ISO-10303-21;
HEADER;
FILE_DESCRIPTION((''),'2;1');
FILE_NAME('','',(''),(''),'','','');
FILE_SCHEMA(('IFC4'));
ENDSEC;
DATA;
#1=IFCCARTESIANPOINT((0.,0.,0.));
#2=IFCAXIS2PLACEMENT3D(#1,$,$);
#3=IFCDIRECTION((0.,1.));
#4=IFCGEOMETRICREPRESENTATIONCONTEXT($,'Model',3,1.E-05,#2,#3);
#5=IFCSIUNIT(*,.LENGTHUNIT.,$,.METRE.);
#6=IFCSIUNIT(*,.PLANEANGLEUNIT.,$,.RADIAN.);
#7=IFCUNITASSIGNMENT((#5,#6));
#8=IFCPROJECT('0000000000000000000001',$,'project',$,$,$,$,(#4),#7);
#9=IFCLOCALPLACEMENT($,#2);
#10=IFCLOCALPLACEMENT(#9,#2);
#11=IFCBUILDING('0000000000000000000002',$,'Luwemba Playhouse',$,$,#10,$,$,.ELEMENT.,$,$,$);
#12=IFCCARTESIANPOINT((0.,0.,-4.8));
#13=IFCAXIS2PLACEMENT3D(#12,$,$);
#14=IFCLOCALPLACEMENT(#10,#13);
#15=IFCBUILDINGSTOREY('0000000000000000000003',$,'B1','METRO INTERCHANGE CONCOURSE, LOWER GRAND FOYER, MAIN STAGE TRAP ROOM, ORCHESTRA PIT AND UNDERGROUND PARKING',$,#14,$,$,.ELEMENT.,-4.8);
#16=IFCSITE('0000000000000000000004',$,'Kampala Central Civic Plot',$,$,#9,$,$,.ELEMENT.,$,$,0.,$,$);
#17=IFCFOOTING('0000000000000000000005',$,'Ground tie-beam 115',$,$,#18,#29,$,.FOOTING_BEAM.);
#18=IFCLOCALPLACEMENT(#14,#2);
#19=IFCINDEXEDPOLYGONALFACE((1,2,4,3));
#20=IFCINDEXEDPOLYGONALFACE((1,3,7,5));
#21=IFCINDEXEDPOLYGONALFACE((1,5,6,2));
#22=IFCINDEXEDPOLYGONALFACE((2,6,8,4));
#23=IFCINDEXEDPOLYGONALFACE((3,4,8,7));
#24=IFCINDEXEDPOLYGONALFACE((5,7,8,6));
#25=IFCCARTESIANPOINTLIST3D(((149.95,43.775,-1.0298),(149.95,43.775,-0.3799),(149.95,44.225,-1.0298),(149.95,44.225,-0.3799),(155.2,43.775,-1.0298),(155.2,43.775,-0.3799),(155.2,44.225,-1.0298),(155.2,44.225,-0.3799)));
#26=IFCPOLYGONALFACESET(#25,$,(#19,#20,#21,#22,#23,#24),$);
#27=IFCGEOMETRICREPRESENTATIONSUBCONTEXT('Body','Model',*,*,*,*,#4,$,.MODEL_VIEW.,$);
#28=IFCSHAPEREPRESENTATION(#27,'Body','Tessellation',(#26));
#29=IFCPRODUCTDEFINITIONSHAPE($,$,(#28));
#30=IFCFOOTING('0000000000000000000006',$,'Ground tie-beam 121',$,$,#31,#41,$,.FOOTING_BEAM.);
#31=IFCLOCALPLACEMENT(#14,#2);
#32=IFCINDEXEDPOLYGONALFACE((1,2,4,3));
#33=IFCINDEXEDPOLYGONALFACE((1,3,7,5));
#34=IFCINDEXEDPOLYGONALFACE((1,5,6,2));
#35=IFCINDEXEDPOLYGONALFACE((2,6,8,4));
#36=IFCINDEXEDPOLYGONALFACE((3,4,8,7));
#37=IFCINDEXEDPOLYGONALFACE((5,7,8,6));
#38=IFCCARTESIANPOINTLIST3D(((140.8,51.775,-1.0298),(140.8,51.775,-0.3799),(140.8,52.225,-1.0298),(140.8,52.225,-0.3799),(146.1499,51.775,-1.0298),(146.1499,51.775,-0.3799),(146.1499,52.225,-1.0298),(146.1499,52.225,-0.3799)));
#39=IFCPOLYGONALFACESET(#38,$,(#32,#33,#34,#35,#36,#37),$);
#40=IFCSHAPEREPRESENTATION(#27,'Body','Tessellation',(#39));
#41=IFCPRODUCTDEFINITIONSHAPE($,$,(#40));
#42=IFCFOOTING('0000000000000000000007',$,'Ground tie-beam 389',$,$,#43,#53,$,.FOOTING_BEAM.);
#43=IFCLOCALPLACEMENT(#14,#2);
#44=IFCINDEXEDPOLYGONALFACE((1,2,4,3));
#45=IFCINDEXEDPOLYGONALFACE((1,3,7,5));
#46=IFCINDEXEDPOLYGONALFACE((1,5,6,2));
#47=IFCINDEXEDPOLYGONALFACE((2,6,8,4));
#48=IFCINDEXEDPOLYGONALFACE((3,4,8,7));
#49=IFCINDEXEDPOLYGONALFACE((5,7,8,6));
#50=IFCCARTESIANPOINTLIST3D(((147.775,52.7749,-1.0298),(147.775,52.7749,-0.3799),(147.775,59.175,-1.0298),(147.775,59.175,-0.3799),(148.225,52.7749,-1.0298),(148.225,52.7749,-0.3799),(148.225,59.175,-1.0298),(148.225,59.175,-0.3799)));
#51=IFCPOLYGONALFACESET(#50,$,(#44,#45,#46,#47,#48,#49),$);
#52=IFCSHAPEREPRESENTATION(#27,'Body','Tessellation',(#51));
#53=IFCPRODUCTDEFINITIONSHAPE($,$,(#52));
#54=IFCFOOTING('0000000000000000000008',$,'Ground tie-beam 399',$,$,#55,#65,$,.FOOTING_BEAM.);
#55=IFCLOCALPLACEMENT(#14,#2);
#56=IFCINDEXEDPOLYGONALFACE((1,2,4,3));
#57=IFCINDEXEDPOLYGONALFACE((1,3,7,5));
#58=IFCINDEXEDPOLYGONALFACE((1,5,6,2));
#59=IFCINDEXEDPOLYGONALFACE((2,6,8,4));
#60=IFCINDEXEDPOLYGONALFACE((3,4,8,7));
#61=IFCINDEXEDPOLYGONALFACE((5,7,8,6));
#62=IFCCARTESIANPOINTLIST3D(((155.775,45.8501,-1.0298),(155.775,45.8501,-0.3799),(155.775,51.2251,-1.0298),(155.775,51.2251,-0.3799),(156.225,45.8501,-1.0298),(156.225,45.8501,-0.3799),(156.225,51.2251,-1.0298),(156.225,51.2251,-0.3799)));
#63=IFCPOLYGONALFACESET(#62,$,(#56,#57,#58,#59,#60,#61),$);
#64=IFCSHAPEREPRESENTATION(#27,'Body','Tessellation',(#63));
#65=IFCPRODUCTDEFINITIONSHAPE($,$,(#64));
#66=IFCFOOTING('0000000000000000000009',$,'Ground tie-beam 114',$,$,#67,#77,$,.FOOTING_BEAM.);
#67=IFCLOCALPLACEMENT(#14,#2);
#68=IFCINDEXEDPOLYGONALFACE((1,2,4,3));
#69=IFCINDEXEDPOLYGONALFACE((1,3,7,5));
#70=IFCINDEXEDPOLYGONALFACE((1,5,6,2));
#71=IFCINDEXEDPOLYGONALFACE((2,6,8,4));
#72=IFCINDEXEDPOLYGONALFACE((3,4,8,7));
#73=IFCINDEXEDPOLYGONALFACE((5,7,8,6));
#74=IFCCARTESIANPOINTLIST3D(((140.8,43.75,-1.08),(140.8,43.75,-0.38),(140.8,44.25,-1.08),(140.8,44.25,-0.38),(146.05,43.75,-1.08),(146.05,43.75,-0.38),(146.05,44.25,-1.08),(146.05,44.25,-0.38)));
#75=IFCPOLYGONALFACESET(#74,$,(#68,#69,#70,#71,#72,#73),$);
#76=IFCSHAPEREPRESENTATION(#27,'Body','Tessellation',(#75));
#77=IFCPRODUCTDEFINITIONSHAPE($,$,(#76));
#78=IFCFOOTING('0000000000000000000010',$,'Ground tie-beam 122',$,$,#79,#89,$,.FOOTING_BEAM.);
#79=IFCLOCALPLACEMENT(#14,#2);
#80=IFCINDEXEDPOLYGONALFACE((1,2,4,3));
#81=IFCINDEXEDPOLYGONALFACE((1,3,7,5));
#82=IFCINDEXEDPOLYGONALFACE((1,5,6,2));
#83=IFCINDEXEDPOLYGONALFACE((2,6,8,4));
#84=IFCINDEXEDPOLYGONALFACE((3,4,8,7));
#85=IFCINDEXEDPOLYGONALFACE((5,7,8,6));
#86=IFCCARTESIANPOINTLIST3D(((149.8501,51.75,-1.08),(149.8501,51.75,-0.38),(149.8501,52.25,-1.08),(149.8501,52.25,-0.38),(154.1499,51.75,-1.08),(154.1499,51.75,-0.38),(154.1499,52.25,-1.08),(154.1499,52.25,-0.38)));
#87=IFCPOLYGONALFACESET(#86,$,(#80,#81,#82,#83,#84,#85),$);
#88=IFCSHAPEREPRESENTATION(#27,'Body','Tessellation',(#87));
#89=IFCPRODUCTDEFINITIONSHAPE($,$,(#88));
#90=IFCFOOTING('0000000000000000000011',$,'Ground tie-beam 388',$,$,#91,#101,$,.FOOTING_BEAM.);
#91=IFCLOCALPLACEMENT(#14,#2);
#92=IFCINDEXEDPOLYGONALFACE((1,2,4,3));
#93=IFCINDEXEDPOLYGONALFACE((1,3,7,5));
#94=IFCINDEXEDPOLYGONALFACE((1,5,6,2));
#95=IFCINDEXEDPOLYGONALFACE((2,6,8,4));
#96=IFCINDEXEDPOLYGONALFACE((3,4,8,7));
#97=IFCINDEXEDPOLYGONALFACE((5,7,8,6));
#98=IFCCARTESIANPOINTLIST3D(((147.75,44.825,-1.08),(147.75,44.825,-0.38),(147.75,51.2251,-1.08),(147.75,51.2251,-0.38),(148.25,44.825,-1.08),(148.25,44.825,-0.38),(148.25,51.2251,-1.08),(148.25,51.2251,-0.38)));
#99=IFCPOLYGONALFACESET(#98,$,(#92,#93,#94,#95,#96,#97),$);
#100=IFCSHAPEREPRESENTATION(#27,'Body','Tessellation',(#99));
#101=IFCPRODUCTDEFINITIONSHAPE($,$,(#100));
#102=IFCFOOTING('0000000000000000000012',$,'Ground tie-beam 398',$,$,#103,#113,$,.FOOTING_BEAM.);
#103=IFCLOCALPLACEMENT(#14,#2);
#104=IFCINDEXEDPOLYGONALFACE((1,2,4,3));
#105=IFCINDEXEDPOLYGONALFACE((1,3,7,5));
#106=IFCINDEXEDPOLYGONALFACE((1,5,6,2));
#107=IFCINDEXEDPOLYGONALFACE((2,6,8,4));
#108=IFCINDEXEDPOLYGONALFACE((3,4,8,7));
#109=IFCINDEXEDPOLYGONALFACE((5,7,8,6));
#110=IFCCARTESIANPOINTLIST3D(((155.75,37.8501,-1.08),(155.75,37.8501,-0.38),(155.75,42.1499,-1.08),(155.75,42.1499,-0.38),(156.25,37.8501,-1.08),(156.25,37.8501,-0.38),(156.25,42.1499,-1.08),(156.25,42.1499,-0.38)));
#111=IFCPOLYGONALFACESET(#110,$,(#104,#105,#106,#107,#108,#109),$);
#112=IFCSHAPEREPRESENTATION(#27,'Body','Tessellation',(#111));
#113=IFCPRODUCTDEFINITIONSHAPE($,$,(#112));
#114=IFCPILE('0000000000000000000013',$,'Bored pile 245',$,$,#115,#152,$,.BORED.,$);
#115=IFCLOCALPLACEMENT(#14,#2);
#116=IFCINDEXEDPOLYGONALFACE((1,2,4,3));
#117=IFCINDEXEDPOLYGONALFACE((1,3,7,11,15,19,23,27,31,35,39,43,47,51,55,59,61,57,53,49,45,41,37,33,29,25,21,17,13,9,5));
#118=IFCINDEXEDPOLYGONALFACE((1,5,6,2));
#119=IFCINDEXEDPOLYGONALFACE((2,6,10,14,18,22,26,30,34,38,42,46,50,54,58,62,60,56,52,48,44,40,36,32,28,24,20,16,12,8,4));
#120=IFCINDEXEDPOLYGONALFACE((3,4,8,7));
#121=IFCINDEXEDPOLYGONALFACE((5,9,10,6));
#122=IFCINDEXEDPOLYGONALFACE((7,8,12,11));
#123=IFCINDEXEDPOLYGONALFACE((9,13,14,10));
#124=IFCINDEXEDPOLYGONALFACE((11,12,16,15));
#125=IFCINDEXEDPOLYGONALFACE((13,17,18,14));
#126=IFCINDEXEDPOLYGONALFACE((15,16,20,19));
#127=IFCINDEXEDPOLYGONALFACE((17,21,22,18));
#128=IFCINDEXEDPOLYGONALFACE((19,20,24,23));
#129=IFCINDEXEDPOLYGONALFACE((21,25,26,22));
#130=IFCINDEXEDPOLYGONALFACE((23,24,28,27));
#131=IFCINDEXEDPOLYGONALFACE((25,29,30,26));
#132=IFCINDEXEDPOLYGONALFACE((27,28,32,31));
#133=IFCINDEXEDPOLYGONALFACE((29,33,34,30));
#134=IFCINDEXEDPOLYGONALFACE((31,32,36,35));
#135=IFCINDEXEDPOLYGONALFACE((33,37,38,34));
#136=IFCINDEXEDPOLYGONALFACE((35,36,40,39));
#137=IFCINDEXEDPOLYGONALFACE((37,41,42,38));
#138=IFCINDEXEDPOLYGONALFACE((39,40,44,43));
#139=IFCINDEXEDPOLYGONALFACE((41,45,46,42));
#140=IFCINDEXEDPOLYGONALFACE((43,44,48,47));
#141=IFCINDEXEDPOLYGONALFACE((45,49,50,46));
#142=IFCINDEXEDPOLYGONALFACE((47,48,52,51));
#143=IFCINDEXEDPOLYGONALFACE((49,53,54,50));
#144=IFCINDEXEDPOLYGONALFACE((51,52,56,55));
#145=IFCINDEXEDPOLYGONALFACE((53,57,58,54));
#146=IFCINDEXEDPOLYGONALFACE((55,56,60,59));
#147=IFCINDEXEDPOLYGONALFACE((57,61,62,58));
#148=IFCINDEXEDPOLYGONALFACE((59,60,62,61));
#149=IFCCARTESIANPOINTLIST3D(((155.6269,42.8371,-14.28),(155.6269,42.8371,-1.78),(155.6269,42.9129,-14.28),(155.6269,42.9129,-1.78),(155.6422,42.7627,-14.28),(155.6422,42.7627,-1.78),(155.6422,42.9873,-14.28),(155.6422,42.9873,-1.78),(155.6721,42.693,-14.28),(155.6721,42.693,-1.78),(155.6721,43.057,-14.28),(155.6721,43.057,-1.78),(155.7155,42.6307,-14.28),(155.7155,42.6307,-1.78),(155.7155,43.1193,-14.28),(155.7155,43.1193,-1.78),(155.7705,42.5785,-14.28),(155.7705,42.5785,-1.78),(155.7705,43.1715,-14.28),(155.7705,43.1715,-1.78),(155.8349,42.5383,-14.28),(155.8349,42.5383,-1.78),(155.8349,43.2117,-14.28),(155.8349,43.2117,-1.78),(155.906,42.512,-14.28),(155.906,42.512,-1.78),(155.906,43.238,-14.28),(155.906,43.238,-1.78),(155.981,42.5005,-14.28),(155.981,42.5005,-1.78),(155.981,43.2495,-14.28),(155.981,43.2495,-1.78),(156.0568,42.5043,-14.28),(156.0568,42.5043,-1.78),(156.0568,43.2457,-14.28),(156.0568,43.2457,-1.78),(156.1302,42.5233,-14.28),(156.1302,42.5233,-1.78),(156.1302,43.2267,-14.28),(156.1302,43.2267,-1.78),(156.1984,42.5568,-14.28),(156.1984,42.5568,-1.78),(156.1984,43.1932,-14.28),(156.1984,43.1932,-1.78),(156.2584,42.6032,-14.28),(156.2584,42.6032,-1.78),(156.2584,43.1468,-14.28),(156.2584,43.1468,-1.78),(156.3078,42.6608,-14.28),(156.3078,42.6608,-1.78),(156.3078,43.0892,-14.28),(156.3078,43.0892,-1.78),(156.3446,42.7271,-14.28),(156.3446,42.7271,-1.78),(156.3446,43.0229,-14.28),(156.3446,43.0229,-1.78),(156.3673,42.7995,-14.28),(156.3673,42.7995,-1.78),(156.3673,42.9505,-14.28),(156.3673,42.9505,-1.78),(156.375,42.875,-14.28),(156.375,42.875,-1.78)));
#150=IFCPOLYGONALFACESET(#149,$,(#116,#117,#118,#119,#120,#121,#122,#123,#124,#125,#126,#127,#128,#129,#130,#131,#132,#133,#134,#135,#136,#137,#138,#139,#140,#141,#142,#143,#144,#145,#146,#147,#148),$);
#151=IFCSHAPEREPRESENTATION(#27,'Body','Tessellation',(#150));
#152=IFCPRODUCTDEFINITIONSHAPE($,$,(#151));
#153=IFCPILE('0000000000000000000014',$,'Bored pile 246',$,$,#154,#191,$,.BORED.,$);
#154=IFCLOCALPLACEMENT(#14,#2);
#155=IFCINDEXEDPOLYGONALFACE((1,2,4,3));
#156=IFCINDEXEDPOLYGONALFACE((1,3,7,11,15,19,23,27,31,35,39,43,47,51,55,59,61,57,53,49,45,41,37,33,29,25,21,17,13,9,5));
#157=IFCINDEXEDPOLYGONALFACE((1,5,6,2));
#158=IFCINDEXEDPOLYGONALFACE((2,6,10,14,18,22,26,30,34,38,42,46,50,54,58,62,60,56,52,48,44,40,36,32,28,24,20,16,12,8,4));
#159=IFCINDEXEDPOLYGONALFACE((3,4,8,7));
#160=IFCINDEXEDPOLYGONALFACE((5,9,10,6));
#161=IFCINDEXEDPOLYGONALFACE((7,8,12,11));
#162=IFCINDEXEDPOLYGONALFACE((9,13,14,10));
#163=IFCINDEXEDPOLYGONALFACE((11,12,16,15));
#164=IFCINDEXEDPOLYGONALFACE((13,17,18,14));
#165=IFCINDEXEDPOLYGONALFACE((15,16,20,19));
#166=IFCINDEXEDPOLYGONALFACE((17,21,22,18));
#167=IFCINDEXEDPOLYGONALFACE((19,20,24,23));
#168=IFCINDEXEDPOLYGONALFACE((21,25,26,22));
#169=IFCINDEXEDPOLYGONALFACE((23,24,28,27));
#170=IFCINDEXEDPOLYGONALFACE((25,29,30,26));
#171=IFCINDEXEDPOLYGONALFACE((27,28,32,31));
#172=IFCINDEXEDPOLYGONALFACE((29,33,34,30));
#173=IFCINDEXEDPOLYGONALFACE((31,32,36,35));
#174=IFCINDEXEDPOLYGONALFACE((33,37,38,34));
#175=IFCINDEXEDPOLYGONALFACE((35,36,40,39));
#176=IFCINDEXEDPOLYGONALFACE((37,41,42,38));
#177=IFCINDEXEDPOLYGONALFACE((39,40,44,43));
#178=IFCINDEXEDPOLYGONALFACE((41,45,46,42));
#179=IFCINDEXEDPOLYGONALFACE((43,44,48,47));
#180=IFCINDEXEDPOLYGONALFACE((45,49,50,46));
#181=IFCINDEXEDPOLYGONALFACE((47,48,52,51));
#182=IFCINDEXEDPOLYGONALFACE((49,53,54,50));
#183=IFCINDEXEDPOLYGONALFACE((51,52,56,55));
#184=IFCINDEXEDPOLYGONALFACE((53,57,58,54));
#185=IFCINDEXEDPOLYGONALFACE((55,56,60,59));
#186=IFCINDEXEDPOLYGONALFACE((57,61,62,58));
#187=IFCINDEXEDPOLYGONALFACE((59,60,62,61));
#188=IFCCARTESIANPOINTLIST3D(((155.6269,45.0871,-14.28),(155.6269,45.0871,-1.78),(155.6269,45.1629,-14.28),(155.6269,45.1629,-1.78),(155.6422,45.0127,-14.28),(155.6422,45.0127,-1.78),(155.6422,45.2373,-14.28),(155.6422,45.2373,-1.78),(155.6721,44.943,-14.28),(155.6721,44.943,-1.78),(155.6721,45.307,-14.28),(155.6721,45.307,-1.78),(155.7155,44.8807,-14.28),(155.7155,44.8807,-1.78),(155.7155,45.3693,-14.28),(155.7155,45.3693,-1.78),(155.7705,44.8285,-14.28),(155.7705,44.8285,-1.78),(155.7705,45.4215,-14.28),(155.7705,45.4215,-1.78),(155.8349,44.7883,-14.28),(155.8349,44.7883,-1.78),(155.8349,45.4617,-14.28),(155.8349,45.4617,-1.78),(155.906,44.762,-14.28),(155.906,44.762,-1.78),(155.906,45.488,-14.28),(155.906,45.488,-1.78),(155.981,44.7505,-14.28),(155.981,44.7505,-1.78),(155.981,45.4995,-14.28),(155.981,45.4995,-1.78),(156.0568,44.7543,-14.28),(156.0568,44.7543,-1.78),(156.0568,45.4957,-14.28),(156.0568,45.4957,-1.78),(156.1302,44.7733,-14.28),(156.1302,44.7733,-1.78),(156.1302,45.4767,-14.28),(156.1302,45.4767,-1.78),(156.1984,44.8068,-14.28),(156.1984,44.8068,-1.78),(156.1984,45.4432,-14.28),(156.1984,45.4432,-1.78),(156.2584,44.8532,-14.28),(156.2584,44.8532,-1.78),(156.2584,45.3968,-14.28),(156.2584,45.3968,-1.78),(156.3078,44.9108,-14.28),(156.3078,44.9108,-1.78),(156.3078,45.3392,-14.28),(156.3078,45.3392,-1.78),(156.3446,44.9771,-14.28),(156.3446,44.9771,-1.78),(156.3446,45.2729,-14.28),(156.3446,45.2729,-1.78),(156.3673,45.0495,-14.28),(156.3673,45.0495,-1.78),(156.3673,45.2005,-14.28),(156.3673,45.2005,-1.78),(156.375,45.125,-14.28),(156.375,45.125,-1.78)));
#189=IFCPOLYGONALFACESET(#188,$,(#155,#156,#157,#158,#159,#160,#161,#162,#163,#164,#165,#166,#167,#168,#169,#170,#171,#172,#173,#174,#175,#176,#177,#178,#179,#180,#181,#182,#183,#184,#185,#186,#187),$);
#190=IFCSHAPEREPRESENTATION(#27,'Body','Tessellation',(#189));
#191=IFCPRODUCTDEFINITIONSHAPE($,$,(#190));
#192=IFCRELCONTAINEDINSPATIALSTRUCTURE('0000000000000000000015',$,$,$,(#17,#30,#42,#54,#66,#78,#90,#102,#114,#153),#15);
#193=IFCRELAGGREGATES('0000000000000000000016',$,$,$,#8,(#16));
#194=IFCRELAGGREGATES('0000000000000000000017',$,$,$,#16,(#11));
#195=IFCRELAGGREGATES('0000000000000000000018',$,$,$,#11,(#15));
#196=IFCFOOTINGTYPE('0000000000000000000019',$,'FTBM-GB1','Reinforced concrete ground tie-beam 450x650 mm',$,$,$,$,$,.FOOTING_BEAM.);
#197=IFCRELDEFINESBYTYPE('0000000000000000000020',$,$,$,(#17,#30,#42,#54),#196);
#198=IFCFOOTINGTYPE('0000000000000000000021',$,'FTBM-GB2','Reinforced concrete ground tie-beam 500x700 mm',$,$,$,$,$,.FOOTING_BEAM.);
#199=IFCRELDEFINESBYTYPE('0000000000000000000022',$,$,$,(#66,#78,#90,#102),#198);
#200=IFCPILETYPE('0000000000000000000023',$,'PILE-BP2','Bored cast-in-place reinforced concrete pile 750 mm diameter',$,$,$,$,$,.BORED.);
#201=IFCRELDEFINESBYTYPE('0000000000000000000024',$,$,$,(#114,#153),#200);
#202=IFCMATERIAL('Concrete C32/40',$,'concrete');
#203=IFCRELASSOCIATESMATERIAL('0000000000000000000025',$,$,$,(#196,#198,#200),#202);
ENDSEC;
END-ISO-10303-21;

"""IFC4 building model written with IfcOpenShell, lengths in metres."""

from ifc_helpers import new_model, si_unit, direction, frame, origin, origin_2d, place, context, subcontext, project, spatial, rectangle, circle, extrude, material, material_profile, profile_set, type_object, element, save


model = new_model("IFC4")

# Units and contexts
model_context = context("Model", 3, precision=1e-05, world=origin(), true_north=direction((0.0, 1.0)))
body_context = subcontext(model_context, "Body", "Model", "MODEL_VIEW")
ifc_project = project(units=[si_unit("LENGTHUNIT", "METRE"), si_unit("PLANEANGLEUNIT", "RADIAN")], contexts=[model_context])

# Site, building, storey
site_placement = place(None, origin())
site = spatial("IfcSite", under=ifc_project, at=site_placement, Name="Kampala Central Civic Plot", CompositionType="ELEMENT", RefElevation=0.0)
building_placement = place(site_placement, origin())
building = spatial("IfcBuilding", under=site, at=building_placement, Name="Luwemba Playhouse", CompositionType="ELEMENT")
storey_placement = place(building_placement, frame((0.0, 0.0, -4.8)))
storey = spatial("IfcBuildingStorey", under=building, at=storey_placement, Name="B1", Description="METRO INTERCHANGE CONCOURSE, LOWER GRAND FOYER, MAIN STAGE TRAP ROOM, ORCHESTRA PIT AND UNDERGROUND PARKING", CompositionType="ELEMENT", Elevation=-4.8)

# Footings
ifc_material_1 = material(Name="Concrete C32/40", Category="concrete")
ifc_material_profile_1 = material_profile(ifc_material_1, rectangle(XDim=0.45, YDim=0.6499, at=origin_2d()))
ifc_profile_set_1 = profile_set([ifc_material_profile_1], Name="Concrete C32/40")
footing_type_1 = type_object("IfcFootingType", Name="FTBM-GB1", Description="Reinforced concrete ground tie-beam 450x650 mm", PredefinedType="FOOTING_BEAM", material=ifc_profile_set_1)
footing_1_placement = place(storey_placement, frame((149.95, 44.0, -0.7048), z_axis=(1.0, 0.0, 0.0), x_axis=(0.0, 1.0, 0.0)))
element("IfcFooting", 1, at=footing_1_placement, inside=storey, type_object=footing_type_1, Name="Ground tie-beam 115", PredefinedType="FOOTING_BEAM", context=body_context, shape_type="SweptSolid", body=[
    extrude(rectangle(XDim=0.45, YDim=0.6499, at=origin_2d()), origin(), (0.0, 0.0, 1.0), 5.25),
])
footing_2_placement = place(storey_placement, frame((140.8, 52.0, -0.7048), z_axis=(1.0, 0.0, 0.0), x_axis=(0.0, 1.0, 0.0)))
element("IfcFooting", 2, at=footing_2_placement, inside=storey, type_object=footing_type_1, Name="Ground tie-beam 121", PredefinedType="FOOTING_BEAM", context=body_context, shape_type="SweptSolid", body=[
    extrude(rectangle(XDim=0.45, YDim=0.6499, at=origin_2d()), origin(), (0.0, 0.0, 1.0), 5.3499),
])
footing_3_placement = place(storey_placement, frame((148.0, 52.7749, -0.7048), z_axis=(0.0, 1.0, 0.0), x_axis=(-1.0, 0.0, 0.0)))
element("IfcFooting", 3, at=footing_3_placement, inside=storey, type_object=footing_type_1, Name="Ground tie-beam 389", PredefinedType="FOOTING_BEAM", context=body_context, shape_type="SweptSolid", body=[
    extrude(rectangle(XDim=0.45, YDim=0.6499, at=origin_2d()), origin(), (0.0, 0.0, 1.0), 6.4001),
])
footing_4_placement = place(storey_placement, frame((156.0, 45.8501, -0.7048), z_axis=(0.0, 1.0, 0.0), x_axis=(-1.0, 0.0, 0.0)))
element("IfcFooting", 4, at=footing_4_placement, inside=storey, type_object=footing_type_1, Name="Ground tie-beam 399", PredefinedType="FOOTING_BEAM", context=body_context, shape_type="SweptSolid", body=[
    extrude(rectangle(XDim=0.45, YDim=0.6499, at=origin_2d()), origin(), (0.0, 0.0, 1.0), 5.375),
])
ifc_material_profile_2 = material_profile(ifc_material_1, rectangle(XDim=0.5, YDim=0.7, at=origin_2d()))
ifc_profile_set_2 = profile_set([ifc_material_profile_2], Name="Concrete C32/40")
footing_type_2 = type_object("IfcFootingType", Name="FTBM-GB2", Description="Reinforced concrete ground tie-beam 500x700 mm", PredefinedType="FOOTING_BEAM", material=ifc_profile_set_2)
footing_5_placement = place(storey_placement, frame((140.8, 44.0, -0.73), z_axis=(1.0, 0.0, 0.0), x_axis=(0.0, 1.0, 0.0)))
element("IfcFooting", 5, at=footing_5_placement, inside=storey, type_object=footing_type_2, Name="Ground tie-beam 114", PredefinedType="FOOTING_BEAM", context=body_context, shape_type="SweptSolid", body=[
    extrude(rectangle(XDim=0.5, YDim=0.7, at=origin_2d()), origin(), (0.0, 0.0, 1.0), 5.25),
])
footing_6_placement = place(storey_placement, frame((149.8501, 52.0, -0.73), z_axis=(1.0, 0.0, 0.0), x_axis=(0.0, 1.0, 0.0)))
element("IfcFooting", 6, at=footing_6_placement, inside=storey, type_object=footing_type_2, Name="Ground tie-beam 122", PredefinedType="FOOTING_BEAM", context=body_context, shape_type="SweptSolid", body=[
    extrude(rectangle(XDim=0.5, YDim=0.7, at=origin_2d()), origin(), (0.0, 0.0, 1.0), 4.2998),
])
footing_7_placement = place(storey_placement, frame((148.0, 44.825, -0.73), z_axis=(0.0, 1.0, 0.0), x_axis=(-1.0, 0.0, 0.0)))
element("IfcFooting", 7, at=footing_7_placement, inside=storey, type_object=footing_type_2, Name="Ground tie-beam 388", PredefinedType="FOOTING_BEAM", context=body_context, shape_type="SweptSolid", body=[
    extrude(rectangle(XDim=0.5, YDim=0.7, at=origin_2d()), origin(), (0.0, 0.0, 1.0), 6.4001),
])
footing_8_placement = place(storey_placement, frame((156.0, 37.8501, -0.73), z_axis=(0.0, 1.0, 0.0), x_axis=(-1.0, 0.0, 0.0)))
element("IfcFooting", 8, at=footing_8_placement, inside=storey, type_object=footing_type_2, Name="Ground tie-beam 398", PredefinedType="FOOTING_BEAM", context=body_context, shape_type="SweptSolid", body=[
    extrude(rectangle(XDim=0.5, YDim=0.7, at=origin_2d()), origin(), (0.0, 0.0, 1.0), 4.2998),
])

# Piles
ifc_material_profile_3 = material_profile(ifc_material_1, circle(Radius=0.375, at=origin_2d()))
ifc_profile_set_3 = profile_set([ifc_material_profile_3], Name="Concrete C32/40")
pile_type_1 = type_object("IfcPileType", Name="PILE-BP2", Description="Bored cast-in-place reinforced concrete pile 750 mm diameter", PredefinedType="BORED", material=ifc_profile_set_3)
for number, where, z_axis, x_axis, name in (
    (9, (156.0, 42.875, -1.78), (0.0, 0.0, -1.0), (1.0, 0.0, 0.0), "Bored pile 245"),
    (10, (156.0, 45.125, -1.78), (0.0, 0.0, -1.0), (1.0, 0.0, 0.0), "Bored pile 246"),
):
    element("IfcPile", number, at=place(storey_placement, frame(where, z_axis=z_axis, x_axis=x_axis)), inside=storey, type_object=pile_type_1, Name=name, PredefinedType="BORED", context=body_context, shape_type="SweptSolid", body=[
        extrude(circle(Radius=0.375, at=origin_2d()), origin(), (0.0, 0.0, 1.0), 12.5),
    ])

save(model, "model.ifc")
